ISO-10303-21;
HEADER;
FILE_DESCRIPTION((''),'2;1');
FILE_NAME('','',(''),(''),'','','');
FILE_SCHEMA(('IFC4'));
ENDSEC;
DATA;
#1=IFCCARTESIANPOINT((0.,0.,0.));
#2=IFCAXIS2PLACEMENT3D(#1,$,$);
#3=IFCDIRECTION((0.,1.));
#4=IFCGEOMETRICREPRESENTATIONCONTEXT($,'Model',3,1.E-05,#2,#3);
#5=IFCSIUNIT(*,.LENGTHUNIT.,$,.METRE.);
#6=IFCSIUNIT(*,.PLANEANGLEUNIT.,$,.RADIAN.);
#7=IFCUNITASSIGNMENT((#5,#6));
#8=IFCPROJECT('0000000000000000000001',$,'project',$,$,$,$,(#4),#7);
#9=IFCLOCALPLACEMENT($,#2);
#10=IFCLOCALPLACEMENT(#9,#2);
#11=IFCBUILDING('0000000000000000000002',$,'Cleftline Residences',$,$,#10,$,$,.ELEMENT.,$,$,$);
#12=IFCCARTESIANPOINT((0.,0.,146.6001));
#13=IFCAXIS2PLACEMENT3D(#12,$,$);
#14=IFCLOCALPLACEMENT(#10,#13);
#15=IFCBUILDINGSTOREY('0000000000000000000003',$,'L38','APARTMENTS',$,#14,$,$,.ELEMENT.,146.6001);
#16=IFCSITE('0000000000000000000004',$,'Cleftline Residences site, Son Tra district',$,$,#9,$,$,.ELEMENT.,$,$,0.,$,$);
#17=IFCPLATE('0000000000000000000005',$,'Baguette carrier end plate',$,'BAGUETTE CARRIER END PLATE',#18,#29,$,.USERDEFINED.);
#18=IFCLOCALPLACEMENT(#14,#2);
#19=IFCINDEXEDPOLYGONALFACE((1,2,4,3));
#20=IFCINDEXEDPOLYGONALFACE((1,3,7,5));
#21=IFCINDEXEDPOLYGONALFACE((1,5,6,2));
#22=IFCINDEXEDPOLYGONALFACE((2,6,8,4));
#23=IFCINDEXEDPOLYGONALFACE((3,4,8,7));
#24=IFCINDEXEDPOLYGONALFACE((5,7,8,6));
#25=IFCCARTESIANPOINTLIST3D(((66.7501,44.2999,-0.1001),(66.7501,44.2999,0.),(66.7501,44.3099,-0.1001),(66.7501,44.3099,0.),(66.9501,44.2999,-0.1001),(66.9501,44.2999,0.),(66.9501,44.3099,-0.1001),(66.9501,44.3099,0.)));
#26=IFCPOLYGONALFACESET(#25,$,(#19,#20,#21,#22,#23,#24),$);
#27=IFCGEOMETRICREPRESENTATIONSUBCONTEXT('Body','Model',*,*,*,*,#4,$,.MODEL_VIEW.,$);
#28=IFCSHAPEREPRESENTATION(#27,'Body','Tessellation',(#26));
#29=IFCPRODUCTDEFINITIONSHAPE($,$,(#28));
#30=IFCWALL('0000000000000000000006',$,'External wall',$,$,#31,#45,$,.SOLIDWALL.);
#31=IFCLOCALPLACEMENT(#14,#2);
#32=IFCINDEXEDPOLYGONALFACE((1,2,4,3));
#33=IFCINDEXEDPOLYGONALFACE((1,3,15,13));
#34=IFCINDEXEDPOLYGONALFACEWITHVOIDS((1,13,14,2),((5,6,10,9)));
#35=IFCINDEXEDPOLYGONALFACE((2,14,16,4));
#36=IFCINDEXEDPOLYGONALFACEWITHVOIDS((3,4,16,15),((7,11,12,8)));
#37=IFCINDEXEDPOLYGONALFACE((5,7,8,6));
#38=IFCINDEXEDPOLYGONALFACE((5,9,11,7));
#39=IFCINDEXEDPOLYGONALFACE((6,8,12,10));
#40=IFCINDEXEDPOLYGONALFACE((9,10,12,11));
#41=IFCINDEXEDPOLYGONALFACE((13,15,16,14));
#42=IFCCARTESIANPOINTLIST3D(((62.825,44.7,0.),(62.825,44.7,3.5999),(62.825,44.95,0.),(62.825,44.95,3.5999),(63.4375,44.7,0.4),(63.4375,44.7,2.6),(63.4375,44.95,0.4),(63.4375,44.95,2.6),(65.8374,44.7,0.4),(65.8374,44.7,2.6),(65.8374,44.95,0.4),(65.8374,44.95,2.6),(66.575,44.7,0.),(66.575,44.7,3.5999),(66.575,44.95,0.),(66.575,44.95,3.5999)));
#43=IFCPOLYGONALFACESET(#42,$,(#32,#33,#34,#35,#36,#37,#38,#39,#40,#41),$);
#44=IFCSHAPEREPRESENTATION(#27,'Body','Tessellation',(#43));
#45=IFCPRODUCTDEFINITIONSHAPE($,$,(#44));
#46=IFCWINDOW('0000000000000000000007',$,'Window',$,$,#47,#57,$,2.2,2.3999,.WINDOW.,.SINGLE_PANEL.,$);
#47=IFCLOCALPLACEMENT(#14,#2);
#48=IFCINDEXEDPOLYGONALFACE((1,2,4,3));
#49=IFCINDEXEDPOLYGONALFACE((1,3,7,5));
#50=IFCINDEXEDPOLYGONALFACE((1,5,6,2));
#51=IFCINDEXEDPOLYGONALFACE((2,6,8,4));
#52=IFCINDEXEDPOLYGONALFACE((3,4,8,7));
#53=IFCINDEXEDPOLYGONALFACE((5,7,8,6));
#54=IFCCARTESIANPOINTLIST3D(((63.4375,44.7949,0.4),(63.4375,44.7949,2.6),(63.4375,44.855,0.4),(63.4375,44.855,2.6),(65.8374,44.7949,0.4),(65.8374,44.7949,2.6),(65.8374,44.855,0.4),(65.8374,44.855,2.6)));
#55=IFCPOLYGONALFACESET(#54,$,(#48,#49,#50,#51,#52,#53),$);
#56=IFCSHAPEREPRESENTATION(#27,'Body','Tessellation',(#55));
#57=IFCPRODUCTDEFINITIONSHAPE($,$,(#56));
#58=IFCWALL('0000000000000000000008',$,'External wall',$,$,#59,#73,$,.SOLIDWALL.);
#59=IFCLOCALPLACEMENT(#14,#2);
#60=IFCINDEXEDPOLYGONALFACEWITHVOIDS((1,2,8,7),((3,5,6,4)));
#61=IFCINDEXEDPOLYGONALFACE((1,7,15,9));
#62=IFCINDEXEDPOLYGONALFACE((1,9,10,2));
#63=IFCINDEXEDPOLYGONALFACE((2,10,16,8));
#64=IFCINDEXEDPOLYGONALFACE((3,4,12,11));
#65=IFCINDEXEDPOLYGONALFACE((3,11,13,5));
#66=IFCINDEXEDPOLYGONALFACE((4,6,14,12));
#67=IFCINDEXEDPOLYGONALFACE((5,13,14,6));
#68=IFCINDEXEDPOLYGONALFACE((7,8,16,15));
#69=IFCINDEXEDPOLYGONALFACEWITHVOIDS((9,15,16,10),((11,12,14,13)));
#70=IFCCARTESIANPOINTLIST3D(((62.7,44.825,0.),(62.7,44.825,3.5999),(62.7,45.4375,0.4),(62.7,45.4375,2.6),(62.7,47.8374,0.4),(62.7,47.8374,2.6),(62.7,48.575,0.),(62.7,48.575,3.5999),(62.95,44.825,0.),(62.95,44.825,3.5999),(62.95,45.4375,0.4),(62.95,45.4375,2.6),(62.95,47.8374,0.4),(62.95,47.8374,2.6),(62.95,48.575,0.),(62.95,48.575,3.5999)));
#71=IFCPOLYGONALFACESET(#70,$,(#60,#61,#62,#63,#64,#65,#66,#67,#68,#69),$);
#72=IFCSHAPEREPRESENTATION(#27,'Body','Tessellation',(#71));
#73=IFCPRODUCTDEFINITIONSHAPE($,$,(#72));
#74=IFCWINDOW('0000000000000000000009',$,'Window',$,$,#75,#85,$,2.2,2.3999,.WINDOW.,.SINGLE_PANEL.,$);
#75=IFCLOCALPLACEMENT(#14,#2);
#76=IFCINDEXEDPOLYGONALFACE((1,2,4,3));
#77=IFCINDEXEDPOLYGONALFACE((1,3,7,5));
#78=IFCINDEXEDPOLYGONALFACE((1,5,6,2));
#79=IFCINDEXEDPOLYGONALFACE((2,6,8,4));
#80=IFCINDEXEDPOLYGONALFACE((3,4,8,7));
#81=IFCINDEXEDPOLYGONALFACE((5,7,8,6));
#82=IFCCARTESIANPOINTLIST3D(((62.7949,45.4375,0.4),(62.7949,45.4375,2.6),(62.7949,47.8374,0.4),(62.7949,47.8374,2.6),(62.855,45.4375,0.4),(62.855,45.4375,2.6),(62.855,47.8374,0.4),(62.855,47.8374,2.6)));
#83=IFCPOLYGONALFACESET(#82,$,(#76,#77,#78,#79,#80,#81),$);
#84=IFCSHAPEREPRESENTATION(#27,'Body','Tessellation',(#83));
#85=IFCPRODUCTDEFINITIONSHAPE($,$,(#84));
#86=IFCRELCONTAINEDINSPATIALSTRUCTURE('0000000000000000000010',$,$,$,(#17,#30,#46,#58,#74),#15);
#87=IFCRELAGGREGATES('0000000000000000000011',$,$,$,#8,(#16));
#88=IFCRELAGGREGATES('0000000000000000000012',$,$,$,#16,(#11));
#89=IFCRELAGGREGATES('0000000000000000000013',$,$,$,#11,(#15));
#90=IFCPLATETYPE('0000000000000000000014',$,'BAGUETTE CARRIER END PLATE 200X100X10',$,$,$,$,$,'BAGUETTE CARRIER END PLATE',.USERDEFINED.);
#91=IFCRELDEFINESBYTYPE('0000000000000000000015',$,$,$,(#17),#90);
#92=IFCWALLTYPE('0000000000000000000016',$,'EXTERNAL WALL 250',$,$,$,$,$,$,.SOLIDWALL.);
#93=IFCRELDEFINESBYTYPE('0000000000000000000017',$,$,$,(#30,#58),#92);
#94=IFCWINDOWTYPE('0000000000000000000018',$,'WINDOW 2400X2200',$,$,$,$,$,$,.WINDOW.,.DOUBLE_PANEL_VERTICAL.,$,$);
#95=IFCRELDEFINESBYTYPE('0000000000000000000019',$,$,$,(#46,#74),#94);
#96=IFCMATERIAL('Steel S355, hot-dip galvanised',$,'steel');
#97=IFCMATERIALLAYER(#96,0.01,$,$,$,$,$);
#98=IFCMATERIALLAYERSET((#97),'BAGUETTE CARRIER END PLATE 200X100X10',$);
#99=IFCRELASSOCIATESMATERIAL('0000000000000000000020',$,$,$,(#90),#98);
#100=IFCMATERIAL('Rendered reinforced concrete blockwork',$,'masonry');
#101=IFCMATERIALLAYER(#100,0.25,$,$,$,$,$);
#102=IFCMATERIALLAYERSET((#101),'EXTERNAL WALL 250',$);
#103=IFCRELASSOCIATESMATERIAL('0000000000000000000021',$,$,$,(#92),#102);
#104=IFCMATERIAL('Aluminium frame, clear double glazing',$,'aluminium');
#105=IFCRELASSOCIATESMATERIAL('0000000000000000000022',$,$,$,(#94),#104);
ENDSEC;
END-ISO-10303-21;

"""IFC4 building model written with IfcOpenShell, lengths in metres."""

from ifc_helpers import new_model, si_unit, direction, frame, frame_2d, origin, origin_2d, place, context, subcontext, project, spatial, rectangle, extrude, material, layer, layer_set, type_object, element, fill, save


model = new_model("IFC4")

# Units and contexts
model_context = context("Model", 3, precision=1e-05, world=origin(), true_north=direction((0.0, 1.0)))
body_context = subcontext(model_context, "Body", "Model", "MODEL_VIEW")
ifc_project = project(units=[si_unit("LENGTHUNIT", "METRE"), si_unit("PLANEANGLEUNIT", "RADIAN")], contexts=[model_context])

# Site, building, storey
site_placement = place(None, origin())
site = spatial("IfcSite", under=ifc_project, at=site_placement, Name="Cleftline Residences site, Son Tra district", CompositionType="ELEMENT", RefElevation=0.0)
building_placement = place(site_placement, origin())
building = spatial("IfcBuilding", under=site, at=building_placement, Name="Cleftline Residences", CompositionType="ELEMENT")
storey_placement = place(building_placement, frame((0.0, 0.0, 146.6001)))
storey = spatial("IfcBuildingStorey", under=building, at=storey_placement, Name="L38", Description="APARTMENTS", CompositionType="ELEMENT", Elevation=146.6001)

# Plate
ifc_material_1 = material(Name="Steel S355, hot-dip galvanised", Category="steel")
ifc_layer_1 = layer(ifc_material_1, 0.01)
ifc_layer_set_1 = layer_set([ifc_layer_1], Name="BAGUETTE CARRIER END PLATE 200X100X10")
plate_type = type_object("IfcPlateType", Name="BAGUETTE CARRIER END PLATE 200X100X10", ElementType="BAGUETTE CARRIER END PLATE", PredefinedType="USERDEFINED", material=ifc_layer_set_1)
plate_placement = place(storey_placement, frame((66.8501, 44.3049, -0.1001), z_axis=(0.0, 0.0, 1.0), x_axis=(1.0, 0.0, 0.0)))
element("IfcPlate", 1, at=plate_placement, inside=storey, type_object=plate_type, Name="Baguette carrier end plate", ObjectType="BAGUETTE CARRIER END PLATE", PredefinedType="USERDEFINED", context=body_context, shape_type="SweptSolid", body=[
    extrude(rectangle(XDim=0.2, YDim=0.01, at=origin_2d()), origin(), (0.0, 0.0, 1.0), 0.1001),
])

# Walls, openings, windows
ifc_material_2 = material(Name="Rendered reinforced concrete blockwork", Category="masonry")
ifc_layer_2 = layer(ifc_material_2, 0.25)
ifc_layer_set_2 = layer_set([ifc_layer_2], Name="EXTERNAL WALL 250")
wall_type_1 = type_object("IfcWallType", Name="EXTERNAL WALL 250", PredefinedType="SOLIDWALL", material=ifc_layer_set_2)
wall_1_placement = place(storey_placement, frame((66.575, 44.825, 0.0), z_axis=(0.0, 0.0, 1.0), x_axis=(-1.0, 0.0, 0.0)))
wall_1 = element("IfcWall", 2, at=wall_1_placement, inside=storey, type_object=wall_type_1, Name="External wall", PredefinedType="SOLIDWALL", context=body_context, shape_type="SweptSolid", body=[
    extrude(rectangle(XDim=3.75, YDim=0.25, at=frame_2d((1.875, 0.0))), origin(), (0.0, 0.0, 1.0), 3.5999),
])
opening_1_placement = place(wall_1_placement, frame((0.7375, 0.0, 0.3999)))
opening_1 = element("IfcOpeningElement", 3, at=opening_1_placement, cuts=wall_1, PredefinedType="OPENING", context=body_context, shape_type="SweptSolid", body=[
    extrude(rectangle(XDim=2.3999, YDim=2.2, at=frame_2d((1.2, 1.1001))), frame((0.0, 0.135, 0.0), z_axis=(0.0, -1.0, 0.0), x_axis=(1.0, 0.0, 0.0)), (0.0, 0.0, 1.0), 0.27),
])
ifc_material_3 = material(Name="Aluminium frame, clear double glazing", Category="aluminium")
window_type_1 = type_object("IfcWindowType", Name="WINDOW 2400X2200", PartitioningType="DOUBLE_PANEL_VERTICAL", PredefinedType="WINDOW", material=ifc_material_3)
window_1_placement = place(opening_1_placement, origin())
window_1 = element("IfcWindow", 4, at=window_1_placement, inside=storey, type_object=window_type_1, Name="Window", OverallHeight=2.2, OverallWidth=2.3999, PartitioningType="SINGLE_PANEL", PredefinedType="WINDOW", context=body_context, shape_type="SweptSolid", body=[
    extrude(rectangle(XDim=2.3999, YDim=2.2, at=frame_2d((1.2, 1.1001))), frame((0.0, 0.03, 0.0), z_axis=(0.0, -1.0, 0.0), x_axis=(1.0, 0.0, 0.0)), (0.0, 0.0, 1.0), 0.0601),
])
fill(opening_1, window_1)
wall_2_placement = place(storey_placement, frame((62.825, 44.825, 0.0), z_axis=(0.0, 0.0, 1.0), x_axis=(0.0, 1.0, 0.0)))
wall_2 = element("IfcWall", 5, at=wall_2_placement, inside=storey, type_object=wall_type_1, Name="External wall", PredefinedType="SOLIDWALL", context=body_context, shape_type="SweptSolid", body=[
    extrude(rectangle(XDim=3.75, YDim=0.25, at=frame_2d((1.875, 0.0))), origin(), (0.0, 0.0, 1.0), 3.5999),
])
opening_2_placement = place(wall_2_placement, frame((0.6125, 0.0, 0.3999)))
opening_2 = element("IfcOpeningElement", 6, at=opening_2_placement, cuts=wall_2, PredefinedType="OPENING", context=body_context, shape_type="SweptSolid", body=[
    extrude(rectangle(XDim=2.3999, YDim=2.2, at=frame_2d((1.2, 1.1001))), frame((0.0, 0.135, 0.0), z_axis=(0.0, -1.0, 0.0), x_axis=(1.0, 0.0, 0.0)), (0.0, 0.0, 1.0), 0.27),
])
window_2_placement = place(opening_2_placement, origin())
window_2 = element("IfcWindow", 7, at=window_2_placement, inside=storey, type_object=window_type_1, Name="Window", OverallHeight=2.2, OverallWidth=2.3999, PartitioningType="SINGLE_PANEL", PredefinedType="WINDOW", context=body_context, shape_type="SweptSolid", body=[
    extrude(rectangle(XDim=2.3999, YDim=2.2, at=frame_2d((1.2, 1.1001))), frame((0.0, 0.03, 0.0), z_axis=(0.0, -1.0, 0.0), x_axis=(1.0, 0.0, 0.0)), (0.0, 0.0, 1.0), 0.0601),
])
fill(opening_2, window_2)

save(model, "model.ifc")
